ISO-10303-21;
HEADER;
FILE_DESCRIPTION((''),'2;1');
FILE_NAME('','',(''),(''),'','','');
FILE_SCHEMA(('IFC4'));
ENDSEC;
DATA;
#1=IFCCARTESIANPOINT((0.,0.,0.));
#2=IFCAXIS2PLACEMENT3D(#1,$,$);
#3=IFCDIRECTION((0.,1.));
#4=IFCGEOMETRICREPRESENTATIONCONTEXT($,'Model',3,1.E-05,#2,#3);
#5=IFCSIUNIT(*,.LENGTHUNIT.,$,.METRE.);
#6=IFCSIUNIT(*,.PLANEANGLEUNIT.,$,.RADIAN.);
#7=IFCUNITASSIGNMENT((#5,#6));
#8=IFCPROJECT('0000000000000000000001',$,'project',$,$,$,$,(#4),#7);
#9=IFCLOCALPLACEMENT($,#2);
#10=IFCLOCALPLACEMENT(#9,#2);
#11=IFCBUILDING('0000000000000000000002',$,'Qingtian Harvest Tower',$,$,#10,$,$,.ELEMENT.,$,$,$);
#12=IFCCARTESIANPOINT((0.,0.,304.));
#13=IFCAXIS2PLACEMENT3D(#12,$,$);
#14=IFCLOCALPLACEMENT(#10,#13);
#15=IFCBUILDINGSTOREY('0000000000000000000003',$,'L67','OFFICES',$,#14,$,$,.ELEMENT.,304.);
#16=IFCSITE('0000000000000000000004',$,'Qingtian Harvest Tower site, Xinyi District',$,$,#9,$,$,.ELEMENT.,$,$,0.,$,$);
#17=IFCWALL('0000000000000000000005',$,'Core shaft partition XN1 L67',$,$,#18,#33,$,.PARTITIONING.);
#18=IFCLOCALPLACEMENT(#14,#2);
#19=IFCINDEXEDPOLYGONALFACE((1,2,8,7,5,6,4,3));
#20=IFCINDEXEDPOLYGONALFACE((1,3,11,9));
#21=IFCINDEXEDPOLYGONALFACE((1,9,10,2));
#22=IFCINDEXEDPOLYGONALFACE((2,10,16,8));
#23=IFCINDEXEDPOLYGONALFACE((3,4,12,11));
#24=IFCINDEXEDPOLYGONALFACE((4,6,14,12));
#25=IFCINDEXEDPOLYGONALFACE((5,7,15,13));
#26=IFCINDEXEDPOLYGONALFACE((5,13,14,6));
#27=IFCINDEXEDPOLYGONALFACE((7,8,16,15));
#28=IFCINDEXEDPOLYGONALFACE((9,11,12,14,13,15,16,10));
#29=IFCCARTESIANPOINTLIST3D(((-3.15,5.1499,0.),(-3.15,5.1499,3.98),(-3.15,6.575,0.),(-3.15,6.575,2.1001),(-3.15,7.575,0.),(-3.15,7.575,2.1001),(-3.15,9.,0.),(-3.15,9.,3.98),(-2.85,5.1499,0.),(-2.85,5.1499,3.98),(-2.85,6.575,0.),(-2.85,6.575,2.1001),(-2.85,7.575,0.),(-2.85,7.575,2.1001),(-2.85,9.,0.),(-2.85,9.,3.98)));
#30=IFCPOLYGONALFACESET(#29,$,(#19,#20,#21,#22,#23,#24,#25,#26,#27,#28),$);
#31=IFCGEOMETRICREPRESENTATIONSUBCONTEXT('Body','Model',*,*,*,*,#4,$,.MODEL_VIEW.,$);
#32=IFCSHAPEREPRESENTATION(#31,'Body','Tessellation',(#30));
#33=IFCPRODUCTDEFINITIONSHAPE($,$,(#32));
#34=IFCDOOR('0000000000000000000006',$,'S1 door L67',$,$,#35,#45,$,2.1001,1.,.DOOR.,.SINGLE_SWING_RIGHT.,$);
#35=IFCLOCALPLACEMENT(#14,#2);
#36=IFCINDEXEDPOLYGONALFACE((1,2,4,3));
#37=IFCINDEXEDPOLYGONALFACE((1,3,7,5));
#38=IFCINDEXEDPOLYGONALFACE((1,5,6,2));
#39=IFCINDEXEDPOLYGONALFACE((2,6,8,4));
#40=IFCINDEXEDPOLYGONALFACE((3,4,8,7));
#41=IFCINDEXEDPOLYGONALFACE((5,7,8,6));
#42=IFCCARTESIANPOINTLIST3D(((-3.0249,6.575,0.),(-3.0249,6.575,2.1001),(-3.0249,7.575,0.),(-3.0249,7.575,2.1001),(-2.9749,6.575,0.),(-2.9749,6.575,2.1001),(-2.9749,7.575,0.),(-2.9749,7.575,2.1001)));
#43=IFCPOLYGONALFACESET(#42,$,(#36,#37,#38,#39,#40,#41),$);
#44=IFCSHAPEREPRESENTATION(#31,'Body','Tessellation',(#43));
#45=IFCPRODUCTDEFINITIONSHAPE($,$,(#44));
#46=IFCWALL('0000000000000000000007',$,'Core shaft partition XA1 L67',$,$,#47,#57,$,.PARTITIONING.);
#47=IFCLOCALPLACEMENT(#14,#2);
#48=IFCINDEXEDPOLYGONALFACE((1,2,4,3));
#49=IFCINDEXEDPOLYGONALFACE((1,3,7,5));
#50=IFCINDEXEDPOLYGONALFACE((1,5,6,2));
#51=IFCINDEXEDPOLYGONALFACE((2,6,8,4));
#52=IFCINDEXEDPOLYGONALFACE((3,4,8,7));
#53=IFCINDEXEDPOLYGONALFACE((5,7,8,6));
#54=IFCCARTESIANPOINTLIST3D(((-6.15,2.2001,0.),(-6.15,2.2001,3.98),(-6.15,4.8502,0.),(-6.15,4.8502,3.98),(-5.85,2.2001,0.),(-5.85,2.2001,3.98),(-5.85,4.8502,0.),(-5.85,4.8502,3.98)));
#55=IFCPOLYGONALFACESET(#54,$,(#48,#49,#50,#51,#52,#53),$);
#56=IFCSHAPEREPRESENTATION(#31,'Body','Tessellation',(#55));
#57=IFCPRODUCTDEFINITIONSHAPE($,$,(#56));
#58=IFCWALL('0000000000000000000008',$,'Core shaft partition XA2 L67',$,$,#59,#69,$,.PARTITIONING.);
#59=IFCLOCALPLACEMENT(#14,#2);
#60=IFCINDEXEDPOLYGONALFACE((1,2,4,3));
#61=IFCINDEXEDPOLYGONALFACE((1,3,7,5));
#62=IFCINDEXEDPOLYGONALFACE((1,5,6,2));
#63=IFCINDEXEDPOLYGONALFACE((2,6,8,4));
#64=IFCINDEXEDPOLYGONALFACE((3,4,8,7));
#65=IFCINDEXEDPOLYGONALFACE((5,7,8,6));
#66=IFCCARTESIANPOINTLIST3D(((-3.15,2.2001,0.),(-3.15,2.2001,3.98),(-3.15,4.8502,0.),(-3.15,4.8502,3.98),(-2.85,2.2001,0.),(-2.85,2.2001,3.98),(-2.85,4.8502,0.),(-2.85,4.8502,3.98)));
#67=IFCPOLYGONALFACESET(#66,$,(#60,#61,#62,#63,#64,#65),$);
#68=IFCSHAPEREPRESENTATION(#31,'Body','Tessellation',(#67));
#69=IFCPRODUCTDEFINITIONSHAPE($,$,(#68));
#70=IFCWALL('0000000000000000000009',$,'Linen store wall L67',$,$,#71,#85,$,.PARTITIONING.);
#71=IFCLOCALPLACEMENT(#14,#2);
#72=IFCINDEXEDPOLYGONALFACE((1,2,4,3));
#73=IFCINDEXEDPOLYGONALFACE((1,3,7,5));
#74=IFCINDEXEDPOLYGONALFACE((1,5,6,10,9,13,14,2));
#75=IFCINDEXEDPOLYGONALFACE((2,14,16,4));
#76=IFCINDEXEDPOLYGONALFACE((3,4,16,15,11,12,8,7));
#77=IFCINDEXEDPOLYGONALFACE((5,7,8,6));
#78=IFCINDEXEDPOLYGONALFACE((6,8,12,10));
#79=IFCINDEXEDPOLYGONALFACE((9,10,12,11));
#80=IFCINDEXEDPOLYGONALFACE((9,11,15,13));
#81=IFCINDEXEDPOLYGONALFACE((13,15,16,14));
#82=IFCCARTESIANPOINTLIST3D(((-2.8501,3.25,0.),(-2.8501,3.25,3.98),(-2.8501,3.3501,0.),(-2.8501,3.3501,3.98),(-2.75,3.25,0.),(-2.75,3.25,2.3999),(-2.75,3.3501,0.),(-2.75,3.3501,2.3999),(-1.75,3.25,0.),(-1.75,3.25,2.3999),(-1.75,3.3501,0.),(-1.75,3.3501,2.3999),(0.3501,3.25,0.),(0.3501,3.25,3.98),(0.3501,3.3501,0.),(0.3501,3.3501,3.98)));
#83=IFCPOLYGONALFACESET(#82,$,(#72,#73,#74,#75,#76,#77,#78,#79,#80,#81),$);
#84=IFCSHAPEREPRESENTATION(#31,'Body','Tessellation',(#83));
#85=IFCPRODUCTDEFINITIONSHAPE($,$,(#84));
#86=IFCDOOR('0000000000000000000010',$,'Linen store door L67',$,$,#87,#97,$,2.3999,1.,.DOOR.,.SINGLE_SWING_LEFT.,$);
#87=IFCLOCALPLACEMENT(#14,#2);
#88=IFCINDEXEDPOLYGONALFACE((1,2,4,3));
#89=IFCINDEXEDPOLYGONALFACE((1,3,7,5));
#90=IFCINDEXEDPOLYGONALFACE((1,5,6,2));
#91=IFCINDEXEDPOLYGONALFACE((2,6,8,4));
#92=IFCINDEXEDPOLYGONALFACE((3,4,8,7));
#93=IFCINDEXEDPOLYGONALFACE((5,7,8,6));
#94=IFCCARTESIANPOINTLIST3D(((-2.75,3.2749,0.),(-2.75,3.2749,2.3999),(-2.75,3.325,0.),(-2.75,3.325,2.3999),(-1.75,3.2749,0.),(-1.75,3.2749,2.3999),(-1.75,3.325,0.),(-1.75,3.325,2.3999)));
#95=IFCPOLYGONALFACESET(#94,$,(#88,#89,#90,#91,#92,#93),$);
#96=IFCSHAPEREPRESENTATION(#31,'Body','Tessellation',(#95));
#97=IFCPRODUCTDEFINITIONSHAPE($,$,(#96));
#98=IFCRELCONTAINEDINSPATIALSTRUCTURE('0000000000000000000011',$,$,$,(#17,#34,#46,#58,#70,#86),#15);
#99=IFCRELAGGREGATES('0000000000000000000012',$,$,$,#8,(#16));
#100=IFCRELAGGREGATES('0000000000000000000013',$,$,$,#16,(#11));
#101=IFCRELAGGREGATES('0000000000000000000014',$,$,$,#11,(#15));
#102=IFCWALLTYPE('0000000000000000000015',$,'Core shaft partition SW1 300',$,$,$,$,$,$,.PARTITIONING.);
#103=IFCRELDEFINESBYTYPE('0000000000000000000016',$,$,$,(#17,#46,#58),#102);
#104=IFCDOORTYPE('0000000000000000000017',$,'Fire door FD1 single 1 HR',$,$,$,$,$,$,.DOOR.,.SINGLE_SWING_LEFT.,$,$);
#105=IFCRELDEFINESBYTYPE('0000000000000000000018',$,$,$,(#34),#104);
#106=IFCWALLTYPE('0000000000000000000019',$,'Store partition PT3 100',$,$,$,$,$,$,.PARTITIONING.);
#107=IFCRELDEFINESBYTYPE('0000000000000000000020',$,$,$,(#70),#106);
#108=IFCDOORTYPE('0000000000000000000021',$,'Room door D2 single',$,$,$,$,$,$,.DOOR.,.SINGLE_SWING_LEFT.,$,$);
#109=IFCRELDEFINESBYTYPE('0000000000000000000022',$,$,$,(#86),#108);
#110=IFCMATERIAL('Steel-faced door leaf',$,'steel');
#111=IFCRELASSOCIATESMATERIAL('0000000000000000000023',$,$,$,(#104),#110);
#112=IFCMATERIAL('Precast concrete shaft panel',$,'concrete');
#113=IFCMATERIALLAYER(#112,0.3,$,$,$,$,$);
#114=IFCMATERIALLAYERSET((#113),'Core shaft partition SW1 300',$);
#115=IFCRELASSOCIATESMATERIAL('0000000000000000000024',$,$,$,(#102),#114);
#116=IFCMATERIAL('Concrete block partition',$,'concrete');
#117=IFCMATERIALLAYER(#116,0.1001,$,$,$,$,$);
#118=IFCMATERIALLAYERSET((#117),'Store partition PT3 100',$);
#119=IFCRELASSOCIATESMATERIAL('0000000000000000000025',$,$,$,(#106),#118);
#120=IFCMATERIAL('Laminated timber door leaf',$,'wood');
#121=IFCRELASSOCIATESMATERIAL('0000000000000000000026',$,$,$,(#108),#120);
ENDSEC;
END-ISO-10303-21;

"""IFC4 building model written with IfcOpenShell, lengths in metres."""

from ifc_helpers import new_model, si_unit, direction, frame, frame_2d, origin, place, context, subcontext, project, spatial, rectangle, extrude, material, layer, layer_set, type_object, element, fill, save


model = new_model("IFC4")

# Units and contexts
model_context = context("Model", 3, precision=1e-05, world=origin(), true_north=direction((0.0, 1.0)))
body_context = subcontext(model_context, "Body", "Model", "MODEL_VIEW")
ifc_project = project(units=[si_unit("LENGTHUNIT", "METRE"), si_unit("PLANEANGLEUNIT", "RADIAN")], contexts=[model_context])

# Site, building, storey
site_placement = place(None, origin())
site = spatial("IfcSite", under=ifc_project, at=site_placement, Name="Qingtian Harvest Tower site, Xinyi District", CompositionType="ELEMENT", RefElevation=0.0)
building_placement = place(site_placement, origin())
building = spatial("IfcBuilding", under=site, at=building_placement, Name="Qingtian Harvest Tower", CompositionType="ELEMENT")
storey_placement = place(building_placement, frame((0.0, 0.0, 304.0)))
storey = spatial("IfcBuildingStorey", under=building, at=storey_placement, Name="L67", Description="OFFICES", CompositionType="ELEMENT", Elevation=304.0)

# Shared definitions
ifc_material_1 = material(Name="Steel-faced door leaf", Category="steel")
door_type_1 = type_object("IfcDoorType", Name="Fire door FD1 single 1 HR", OperationType="SINGLE_SWING_LEFT", PredefinedType="DOOR", material=ifc_material_1)

# Wall, opening, door
ifc_material_2 = material(Name="Precast concrete shaft panel", Category="concrete")
ifc_layer_1 = layer(ifc_material_2, 0.3)
ifc_layer_set_1 = layer_set([ifc_layer_1], Name="Core shaft partition SW1 300")
wall_type_1 = type_object("IfcWallType", Name="Core shaft partition SW1 300", PredefinedType="PARTITIONING", material=ifc_layer_set_1)
wall_1_placement = place(storey_placement, frame((-3.0, 5.1499, 0.0), z_axis=(0.0, 0.0, 1.0), x_axis=(0.0, 1.0, 0.0)))
wall_1 = element("IfcWall", 1, at=wall_1_placement, inside=storey, type_object=wall_type_1, Name="Core shaft partition XN1 L67", PredefinedType="PARTITIONING", context=body_context, shape_type="SweptSolid", body=[
    extrude(rectangle(XDim=3.8501, YDim=0.3, at=frame_2d((1.925, 0.0))), origin(), (0.0, 0.0, 1.0), 3.98),
])
opening_1_placement = place(wall_1_placement, frame((1.425, 0.0, 0.0)))
opening_1 = element("IfcOpeningElement", 2, at=opening_1_placement, cuts=wall_1, PredefinedType="OPENING", context=body_context, shape_type="SweptSolid", body=[
    extrude(rectangle(XDim=1.0, YDim=2.1001, at=frame_2d((0.5, 1.05))), frame((0.0, 0.1599, 0.0), z_axis=(0.0, -1.0, 0.0), x_axis=(1.0, 0.0, 0.0)), (0.0, 0.0, 1.0), 0.3201),
])
door_1_placement = place(opening_1_placement, origin())
door_1 = element("IfcDoor", 3, at=door_1_placement, inside=storey, type_object=door_type_1, Name="S1 door L67", OperationType="SINGLE_SWING_RIGHT", OverallHeight=2.1001, OverallWidth=1.0, PredefinedType="DOOR", context=body_context, shape_type="SweptSolid", body=[
    extrude(rectangle(XDim=1.0, YDim=2.1001, at=frame_2d((0.5, 1.05))), frame((0.0, 0.0249, 0.0), z_axis=(0.0, -1.0, 0.0), x_axis=(1.0, 0.0, 0.0)), (0.0, 0.0, 1.0), 0.05),
])
fill(opening_1, door_1)

# Walls
for number, where, z_axis, x_axis, name in (
    (4, (-6.0, 2.2, 0.0), (0.0, 0.0, 1.0), (0.0, 1.0, 0.0), "Core shaft partition XA1 L67"),
    (5, (-3.0, 2.2, 0.0), (0.0, 0.0, 1.0), (0.0, 1.0, 0.0), "Core shaft partition XA2 L67"),
):
    element("IfcWall", number, at=place(storey_placement, frame(where, z_axis=z_axis, x_axis=x_axis)), inside=storey, type_object=wall_type_1, Name=name, PredefinedType="PARTITIONING", context=body_context, shape_type="SweptSolid", body=[
        extrude(rectangle(XDim=2.6501, YDim=0.3, at=frame_2d((1.3252, 0.0))), origin(), (0.0, 0.0, 1.0), 3.98),
    ])

# Wall, opening, door
ifc_material_3 = material(Name="Concrete block partition", Category="concrete")
ifc_layer_2 = layer(ifc_material_3, 0.1001)
ifc_layer_set_2 = layer_set([ifc_layer_2], Name="Store partition PT3 100")
wall_type_2 = type_object("IfcWallType", Name="Store partition PT3 100", PredefinedType="PARTITIONING", material=ifc_layer_set_2)
wall_2_placement = place(storey_placement, frame((-2.8501, 3.3, 0.0), z_axis=(0.0, 0.0, 1.0), x_axis=(1.0, 0.0, 0.0)))
wall_2 = element("IfcWall", 6, at=wall_2_placement, inside=storey, type_object=wall_type_2, Name="Linen store wall L67", PredefinedType="PARTITIONING", context=body_context, shape_type="SweptSolid", body=[
    extrude(rectangle(XDim=3.2002, YDim=0.1001, at=frame_2d((1.6001, 0.0))), origin(), (0.0, 0.0, 1.0), 3.98),
])
opening_2_placement = place(wall_2_placement, frame((0.1001, 0.0, 0.0)))
opening_2 = element("IfcOpeningElement", 7, at=opening_2_placement, cuts=wall_2, PredefinedType="OPENING", context=body_context, shape_type="SweptSolid", body=[
    extrude(rectangle(XDim=1.0, YDim=2.3999, at=frame_2d((0.5, 1.2))), frame((0.0, 0.0601, 0.0), z_axis=(0.0, -1.0, 0.0), x_axis=(1.0, 0.0, 0.0)), (0.0, 0.0, 1.0), 0.1201),
])
ifc_material_4 = material(Name="Laminated timber door leaf", Category="wood")
door_type_2 = type_object("IfcDoorType", Name="Room door D2 single", OperationType="SINGLE_SWING_LEFT", PredefinedType="DOOR", material=ifc_material_4)
door_2_placement = place(opening_2_placement, origin())
door_2 = element("IfcDoor", 8, at=door_2_placement, inside=storey, type_object=door_type_2, Name="Linen store door L67", OperationType="SINGLE_SWING_LEFT", OverallHeight=2.3999, OverallWidth=1.0, PredefinedType="DOOR", context=body_context, shape_type="SweptSolid", body=[
    extrude(rectangle(XDim=1.0, YDim=2.3999, at=frame_2d((0.5, 1.2))), frame((0.0, 0.0249, 0.0), z_axis=(0.0, -1.0, 0.0), x_axis=(1.0, 0.0, 0.0)), (0.0, 0.0, 1.0), 0.05),
])
fill(opening_2, door_2)

save(model, "model.ifc")
